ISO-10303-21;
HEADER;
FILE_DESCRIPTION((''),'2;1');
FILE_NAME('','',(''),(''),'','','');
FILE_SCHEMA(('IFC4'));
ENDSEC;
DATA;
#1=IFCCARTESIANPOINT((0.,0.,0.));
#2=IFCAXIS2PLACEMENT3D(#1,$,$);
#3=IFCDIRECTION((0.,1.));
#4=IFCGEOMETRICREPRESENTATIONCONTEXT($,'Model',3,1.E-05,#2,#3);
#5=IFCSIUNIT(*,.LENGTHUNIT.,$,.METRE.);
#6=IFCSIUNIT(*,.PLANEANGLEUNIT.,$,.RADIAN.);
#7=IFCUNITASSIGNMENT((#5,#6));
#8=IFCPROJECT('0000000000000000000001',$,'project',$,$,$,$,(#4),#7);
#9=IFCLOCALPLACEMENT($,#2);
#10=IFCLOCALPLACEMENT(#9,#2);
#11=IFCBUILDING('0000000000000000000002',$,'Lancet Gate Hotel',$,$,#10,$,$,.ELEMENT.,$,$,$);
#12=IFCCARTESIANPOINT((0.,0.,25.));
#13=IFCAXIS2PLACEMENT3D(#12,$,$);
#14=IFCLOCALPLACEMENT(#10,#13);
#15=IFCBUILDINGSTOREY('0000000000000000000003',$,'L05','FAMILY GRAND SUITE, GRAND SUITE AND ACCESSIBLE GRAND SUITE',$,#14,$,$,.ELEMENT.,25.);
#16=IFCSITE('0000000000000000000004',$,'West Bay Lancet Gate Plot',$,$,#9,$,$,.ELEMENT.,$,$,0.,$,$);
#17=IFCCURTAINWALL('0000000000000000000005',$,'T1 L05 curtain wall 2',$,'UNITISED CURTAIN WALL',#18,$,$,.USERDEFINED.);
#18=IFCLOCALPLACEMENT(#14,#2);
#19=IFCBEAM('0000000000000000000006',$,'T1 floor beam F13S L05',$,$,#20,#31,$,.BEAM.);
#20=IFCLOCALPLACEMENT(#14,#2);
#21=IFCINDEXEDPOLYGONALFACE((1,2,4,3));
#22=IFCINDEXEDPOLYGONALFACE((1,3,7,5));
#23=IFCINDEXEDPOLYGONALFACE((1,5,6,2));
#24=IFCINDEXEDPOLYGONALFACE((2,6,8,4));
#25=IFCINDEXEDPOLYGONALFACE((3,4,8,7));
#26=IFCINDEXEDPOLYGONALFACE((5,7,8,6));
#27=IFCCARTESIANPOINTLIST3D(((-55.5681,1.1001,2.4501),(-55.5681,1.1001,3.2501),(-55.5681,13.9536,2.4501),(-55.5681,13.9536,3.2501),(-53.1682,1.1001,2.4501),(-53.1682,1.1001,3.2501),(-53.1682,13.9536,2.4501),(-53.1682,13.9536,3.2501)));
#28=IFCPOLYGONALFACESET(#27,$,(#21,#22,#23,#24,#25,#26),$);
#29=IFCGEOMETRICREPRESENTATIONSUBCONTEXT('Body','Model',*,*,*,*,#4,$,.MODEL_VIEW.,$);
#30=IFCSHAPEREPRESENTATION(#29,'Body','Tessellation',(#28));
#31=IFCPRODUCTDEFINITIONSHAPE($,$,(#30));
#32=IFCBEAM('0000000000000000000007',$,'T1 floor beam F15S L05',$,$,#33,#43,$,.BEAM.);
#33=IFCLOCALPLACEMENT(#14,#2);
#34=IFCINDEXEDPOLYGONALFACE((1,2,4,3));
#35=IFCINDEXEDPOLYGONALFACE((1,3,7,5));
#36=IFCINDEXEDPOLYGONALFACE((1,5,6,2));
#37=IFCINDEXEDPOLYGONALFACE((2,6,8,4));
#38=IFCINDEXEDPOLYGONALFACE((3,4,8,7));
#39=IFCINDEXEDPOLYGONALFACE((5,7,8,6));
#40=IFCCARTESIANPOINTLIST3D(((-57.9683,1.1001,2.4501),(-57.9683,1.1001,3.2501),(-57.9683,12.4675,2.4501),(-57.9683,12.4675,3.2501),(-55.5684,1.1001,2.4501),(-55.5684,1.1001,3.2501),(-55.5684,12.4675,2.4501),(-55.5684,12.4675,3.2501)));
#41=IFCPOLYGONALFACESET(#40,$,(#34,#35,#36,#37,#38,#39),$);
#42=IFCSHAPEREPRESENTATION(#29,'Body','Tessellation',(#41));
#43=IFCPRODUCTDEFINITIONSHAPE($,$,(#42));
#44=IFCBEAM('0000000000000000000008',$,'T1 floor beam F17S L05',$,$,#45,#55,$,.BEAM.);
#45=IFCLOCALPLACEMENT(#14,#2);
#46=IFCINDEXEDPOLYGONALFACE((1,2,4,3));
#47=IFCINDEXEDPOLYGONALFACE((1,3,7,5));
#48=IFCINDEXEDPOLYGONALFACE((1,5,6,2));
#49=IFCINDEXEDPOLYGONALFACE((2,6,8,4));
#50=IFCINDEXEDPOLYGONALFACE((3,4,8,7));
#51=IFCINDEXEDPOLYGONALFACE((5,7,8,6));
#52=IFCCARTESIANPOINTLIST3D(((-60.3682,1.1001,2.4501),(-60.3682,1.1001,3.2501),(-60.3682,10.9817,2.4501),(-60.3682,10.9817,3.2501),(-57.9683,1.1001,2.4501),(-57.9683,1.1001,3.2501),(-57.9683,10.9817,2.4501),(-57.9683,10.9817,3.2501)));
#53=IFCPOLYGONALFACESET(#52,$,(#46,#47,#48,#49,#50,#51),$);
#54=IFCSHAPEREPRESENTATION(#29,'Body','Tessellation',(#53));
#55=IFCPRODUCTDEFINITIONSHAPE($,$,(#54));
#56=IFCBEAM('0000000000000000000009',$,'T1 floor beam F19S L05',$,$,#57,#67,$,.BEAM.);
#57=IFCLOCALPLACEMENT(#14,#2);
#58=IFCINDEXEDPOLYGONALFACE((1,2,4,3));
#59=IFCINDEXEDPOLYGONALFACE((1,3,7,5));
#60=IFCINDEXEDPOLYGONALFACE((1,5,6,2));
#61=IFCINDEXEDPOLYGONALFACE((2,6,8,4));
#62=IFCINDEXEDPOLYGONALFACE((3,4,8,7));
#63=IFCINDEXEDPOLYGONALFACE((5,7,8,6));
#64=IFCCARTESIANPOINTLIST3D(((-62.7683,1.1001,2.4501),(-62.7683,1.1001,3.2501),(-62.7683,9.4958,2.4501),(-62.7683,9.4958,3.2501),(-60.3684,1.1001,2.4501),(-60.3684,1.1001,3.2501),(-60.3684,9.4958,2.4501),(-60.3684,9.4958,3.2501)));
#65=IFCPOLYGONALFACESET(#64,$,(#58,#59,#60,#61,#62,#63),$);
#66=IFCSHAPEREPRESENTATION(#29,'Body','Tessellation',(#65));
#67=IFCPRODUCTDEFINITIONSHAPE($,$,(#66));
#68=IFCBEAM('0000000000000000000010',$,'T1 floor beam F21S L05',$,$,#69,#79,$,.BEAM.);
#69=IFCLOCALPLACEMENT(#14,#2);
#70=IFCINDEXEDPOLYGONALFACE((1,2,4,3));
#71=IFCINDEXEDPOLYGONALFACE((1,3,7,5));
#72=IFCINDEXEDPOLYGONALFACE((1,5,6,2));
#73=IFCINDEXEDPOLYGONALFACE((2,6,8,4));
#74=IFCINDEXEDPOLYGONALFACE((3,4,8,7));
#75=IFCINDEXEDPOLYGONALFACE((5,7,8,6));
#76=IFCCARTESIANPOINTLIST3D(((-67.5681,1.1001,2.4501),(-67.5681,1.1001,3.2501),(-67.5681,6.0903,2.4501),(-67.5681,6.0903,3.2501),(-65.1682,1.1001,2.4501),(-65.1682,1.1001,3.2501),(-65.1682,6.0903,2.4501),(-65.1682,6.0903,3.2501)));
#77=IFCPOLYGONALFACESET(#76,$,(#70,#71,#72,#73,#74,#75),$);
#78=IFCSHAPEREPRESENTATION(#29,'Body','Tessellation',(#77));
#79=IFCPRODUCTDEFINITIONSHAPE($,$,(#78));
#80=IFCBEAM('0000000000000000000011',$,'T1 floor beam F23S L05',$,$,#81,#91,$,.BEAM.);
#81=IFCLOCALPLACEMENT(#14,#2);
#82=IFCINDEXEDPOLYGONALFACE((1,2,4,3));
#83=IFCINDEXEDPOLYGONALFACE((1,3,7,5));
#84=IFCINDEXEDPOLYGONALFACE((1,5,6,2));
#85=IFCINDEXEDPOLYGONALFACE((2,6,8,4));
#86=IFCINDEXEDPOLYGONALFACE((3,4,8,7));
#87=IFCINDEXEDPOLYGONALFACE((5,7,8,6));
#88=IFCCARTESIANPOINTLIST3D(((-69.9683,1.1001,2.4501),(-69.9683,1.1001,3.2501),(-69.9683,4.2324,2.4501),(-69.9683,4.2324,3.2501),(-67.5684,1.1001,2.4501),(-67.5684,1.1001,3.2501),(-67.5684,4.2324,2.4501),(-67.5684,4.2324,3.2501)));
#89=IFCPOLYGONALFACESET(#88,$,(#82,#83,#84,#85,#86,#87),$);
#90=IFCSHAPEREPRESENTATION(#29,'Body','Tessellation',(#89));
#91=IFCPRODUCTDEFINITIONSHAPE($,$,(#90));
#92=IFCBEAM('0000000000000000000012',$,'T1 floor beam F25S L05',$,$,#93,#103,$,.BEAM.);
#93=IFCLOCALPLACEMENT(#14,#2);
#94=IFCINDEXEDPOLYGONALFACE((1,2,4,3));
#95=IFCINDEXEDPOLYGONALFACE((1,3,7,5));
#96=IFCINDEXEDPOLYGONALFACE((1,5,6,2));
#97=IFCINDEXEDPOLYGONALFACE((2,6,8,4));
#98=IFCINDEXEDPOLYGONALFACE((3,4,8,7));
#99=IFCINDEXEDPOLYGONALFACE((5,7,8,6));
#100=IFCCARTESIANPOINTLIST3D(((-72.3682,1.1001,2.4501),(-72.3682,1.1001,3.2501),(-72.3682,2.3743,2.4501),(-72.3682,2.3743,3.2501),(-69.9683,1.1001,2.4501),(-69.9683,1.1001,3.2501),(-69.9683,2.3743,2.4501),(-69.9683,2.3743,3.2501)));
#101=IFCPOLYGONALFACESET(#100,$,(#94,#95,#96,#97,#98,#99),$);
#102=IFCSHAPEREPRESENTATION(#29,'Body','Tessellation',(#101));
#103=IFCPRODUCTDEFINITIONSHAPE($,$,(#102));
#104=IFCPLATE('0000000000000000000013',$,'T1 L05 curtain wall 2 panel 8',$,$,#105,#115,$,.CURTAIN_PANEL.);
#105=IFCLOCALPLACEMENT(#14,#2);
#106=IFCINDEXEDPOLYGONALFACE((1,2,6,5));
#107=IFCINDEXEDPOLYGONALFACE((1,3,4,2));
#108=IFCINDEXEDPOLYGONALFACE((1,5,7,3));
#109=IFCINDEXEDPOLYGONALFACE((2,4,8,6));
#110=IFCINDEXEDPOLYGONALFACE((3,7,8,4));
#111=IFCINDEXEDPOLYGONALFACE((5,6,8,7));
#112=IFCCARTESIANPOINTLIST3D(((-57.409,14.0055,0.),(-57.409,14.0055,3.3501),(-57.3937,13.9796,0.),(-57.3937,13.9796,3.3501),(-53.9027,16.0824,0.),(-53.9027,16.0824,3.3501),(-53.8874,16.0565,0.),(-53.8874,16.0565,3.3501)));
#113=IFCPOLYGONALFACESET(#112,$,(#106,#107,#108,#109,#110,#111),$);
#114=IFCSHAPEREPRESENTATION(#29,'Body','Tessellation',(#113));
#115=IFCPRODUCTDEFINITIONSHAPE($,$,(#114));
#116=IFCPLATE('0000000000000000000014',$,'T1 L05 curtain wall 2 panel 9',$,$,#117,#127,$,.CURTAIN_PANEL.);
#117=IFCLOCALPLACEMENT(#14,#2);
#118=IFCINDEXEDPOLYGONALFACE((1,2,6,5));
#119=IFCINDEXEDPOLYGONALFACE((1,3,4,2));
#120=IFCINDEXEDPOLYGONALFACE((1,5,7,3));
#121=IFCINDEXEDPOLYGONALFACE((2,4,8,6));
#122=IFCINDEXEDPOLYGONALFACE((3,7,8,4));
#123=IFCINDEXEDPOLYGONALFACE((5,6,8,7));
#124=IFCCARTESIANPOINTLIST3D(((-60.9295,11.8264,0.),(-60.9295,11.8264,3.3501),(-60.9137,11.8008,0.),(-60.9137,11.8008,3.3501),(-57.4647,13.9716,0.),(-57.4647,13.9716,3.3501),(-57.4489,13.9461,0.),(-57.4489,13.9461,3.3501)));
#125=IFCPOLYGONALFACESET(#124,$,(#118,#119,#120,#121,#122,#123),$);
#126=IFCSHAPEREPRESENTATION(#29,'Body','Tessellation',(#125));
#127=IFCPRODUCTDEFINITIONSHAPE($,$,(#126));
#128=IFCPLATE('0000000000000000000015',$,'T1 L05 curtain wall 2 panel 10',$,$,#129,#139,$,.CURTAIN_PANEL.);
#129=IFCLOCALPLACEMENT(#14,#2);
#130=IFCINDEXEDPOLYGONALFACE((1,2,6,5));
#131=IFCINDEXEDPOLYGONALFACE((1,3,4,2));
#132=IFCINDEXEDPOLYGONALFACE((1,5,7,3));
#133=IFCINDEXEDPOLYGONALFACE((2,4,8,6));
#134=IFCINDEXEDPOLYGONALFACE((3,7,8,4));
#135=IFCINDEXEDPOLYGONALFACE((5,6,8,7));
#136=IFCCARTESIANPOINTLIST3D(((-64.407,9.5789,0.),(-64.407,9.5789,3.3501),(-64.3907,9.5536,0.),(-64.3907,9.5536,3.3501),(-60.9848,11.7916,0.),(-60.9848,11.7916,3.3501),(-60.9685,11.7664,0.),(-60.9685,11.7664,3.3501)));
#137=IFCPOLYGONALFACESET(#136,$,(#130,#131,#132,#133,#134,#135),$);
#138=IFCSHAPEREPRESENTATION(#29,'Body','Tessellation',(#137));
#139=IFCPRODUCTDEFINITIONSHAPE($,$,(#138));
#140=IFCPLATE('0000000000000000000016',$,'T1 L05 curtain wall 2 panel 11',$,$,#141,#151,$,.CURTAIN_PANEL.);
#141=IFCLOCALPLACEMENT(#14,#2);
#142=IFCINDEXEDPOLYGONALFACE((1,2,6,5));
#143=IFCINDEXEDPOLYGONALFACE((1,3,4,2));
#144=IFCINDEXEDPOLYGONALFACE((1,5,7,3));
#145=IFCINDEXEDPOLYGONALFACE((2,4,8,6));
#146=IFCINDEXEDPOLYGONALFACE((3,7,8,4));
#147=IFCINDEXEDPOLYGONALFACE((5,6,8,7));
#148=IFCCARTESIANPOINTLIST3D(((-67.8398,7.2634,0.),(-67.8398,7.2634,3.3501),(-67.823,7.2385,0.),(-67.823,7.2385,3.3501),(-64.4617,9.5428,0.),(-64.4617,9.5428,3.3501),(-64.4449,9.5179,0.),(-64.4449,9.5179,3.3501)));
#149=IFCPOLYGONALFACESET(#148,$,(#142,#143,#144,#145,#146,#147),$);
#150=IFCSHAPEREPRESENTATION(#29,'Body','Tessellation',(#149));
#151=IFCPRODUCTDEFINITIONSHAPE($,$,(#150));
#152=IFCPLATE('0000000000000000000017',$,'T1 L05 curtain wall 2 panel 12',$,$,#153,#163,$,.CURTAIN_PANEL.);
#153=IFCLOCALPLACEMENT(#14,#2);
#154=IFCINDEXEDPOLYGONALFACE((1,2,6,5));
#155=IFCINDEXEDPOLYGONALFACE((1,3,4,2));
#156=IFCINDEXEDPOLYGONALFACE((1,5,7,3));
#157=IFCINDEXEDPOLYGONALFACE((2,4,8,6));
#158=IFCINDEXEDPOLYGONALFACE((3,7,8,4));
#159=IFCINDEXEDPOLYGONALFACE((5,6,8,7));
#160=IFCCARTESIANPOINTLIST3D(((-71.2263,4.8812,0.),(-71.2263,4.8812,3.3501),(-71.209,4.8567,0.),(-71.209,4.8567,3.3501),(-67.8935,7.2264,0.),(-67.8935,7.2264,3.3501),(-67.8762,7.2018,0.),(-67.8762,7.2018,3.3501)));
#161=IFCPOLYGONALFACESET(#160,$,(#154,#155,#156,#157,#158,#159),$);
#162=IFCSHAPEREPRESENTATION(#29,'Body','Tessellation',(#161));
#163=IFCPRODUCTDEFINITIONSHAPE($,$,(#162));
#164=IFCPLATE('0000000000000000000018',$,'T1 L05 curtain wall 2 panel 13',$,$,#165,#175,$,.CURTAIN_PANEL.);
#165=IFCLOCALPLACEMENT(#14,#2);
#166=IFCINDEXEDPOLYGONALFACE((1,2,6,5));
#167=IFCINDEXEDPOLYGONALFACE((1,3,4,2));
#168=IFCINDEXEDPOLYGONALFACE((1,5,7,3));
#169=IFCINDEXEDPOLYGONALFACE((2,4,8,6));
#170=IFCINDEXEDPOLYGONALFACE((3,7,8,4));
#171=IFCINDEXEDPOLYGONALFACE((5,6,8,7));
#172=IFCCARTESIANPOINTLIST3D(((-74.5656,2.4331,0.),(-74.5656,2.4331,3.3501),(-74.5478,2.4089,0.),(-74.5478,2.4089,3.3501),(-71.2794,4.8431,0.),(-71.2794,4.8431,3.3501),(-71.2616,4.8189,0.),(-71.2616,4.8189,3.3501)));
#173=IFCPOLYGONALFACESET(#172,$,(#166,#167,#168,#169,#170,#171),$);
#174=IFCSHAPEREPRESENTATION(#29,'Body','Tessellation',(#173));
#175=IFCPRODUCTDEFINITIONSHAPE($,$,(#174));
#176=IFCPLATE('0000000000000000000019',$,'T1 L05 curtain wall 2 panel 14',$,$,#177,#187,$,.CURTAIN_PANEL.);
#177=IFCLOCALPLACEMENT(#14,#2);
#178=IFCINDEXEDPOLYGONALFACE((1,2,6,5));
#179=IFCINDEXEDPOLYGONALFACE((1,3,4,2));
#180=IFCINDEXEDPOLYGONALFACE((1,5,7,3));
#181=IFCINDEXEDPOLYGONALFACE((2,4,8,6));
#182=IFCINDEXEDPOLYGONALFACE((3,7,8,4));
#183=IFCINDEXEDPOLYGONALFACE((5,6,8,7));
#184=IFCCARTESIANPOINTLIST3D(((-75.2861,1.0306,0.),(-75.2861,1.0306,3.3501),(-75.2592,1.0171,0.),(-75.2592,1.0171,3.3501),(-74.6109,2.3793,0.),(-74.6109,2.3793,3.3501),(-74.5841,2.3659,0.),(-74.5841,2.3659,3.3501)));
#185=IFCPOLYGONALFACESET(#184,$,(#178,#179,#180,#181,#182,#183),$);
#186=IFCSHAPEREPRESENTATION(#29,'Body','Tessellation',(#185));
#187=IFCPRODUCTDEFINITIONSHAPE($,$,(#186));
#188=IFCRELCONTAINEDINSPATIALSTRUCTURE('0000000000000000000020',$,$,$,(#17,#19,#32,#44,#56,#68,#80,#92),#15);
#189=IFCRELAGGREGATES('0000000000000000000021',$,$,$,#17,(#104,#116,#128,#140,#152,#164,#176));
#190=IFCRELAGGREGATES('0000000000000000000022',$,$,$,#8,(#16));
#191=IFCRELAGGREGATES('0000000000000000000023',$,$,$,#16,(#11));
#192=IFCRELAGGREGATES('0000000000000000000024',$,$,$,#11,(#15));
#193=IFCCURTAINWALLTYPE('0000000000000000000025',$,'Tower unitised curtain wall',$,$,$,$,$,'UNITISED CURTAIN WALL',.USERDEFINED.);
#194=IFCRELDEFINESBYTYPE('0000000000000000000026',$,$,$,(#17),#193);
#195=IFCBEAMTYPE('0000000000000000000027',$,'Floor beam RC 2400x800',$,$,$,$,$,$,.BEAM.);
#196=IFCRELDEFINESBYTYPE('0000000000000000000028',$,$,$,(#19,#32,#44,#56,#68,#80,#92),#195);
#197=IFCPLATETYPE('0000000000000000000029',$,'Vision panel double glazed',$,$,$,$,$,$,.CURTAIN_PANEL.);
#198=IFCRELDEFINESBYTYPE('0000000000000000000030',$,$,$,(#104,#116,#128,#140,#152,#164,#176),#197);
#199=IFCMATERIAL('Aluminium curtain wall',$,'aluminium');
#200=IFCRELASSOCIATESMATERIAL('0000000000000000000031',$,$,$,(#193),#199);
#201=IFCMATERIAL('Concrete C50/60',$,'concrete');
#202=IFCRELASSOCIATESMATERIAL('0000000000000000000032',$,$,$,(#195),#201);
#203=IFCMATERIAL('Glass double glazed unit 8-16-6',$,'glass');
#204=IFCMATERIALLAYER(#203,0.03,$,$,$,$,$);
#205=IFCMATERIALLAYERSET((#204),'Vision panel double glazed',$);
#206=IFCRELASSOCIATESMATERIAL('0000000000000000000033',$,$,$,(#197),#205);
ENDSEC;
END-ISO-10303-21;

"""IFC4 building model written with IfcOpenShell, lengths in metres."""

from ifc_helpers import new_model, si_unit, direction, frame, origin, origin_2d, place, context, subcontext, project, spatial, rectangle, extrude, material, layer, layer_set, material_profile, profile_set, type_object, element, aggregate, save


model = new_model("IFC4")

# Units and contexts
model_context = context("Model", 3, precision=1e-05, world=origin(), true_north=direction((0.0, 1.0)))
body_context = subcontext(model_context, "Body", "Model", "MODEL_VIEW")
ifc_project = project(units=[si_unit("LENGTHUNIT", "METRE"), si_unit("PLANEANGLEUNIT", "RADIAN")], contexts=[model_context])

# Site, building, storey
site_placement = place(None, origin())
site = spatial("IfcSite", under=ifc_project, at=site_placement, Name="West Bay Lancet Gate Plot", CompositionType="ELEMENT", RefElevation=0.0)
building_placement = place(site_placement, origin())
building = spatial("IfcBuilding", under=site, at=building_placement, Name="Lancet Gate Hotel", CompositionType="ELEMENT")
storey_placement = place(building_placement, frame((0.0, 0.0, 25.0)))
storey = spatial("IfcBuildingStorey", under=building, at=storey_placement, Name="L05", Description="FAMILY GRAND SUITE, GRAND SUITE AND ACCESSIBLE GRAND SUITE", CompositionType="ELEMENT", Elevation=25.0)

# Curtain wall
ifc_material_1 = material(Name="Aluminium curtain wall", Category="aluminium")
curtain_wall_type = type_object("IfcCurtainWallType", Name="Tower unitised curtain wall", ElementType="UNITISED CURTAIN WALL", PredefinedType="USERDEFINED", material=ifc_material_1)
curtain_wall_placement = place(storey_placement, origin())
curtain_wall = element("IfcCurtainWall", 1, at=curtain_wall_placement, inside=storey, type_object=curtain_wall_type, Name="T1 L05 curtain wall 2", ObjectType="UNITISED CURTAIN WALL", PredefinedType="USERDEFINED")

# Beams
ifc_material_2 = material(Name="Concrete C50/60", Category="concrete")
ifc_material_profile_1 = material_profile(ifc_material_2, rectangle(XDim=2.3999, YDim=0.8, at=origin_2d()), Name="RC 2400x800")
ifc_profile_set_1 = profile_set([ifc_material_profile_1], Name="Concrete C50/60")
beam_type_1 = type_object("IfcBeamType", Name="Floor beam RC 2400x800", PredefinedType="BEAM", material=ifc_profile_set_1)
beam_1_placement = place(storey_placement, frame((-54.3682, 13.9536, 2.8501), z_axis=(0.0, -1.0, 0.0), x_axis=(1.0, 0.0, 0.0)))
element("IfcBeam", 2, at=beam_1_placement, inside=storey, type_object=beam_type_1, Name="T1 floor beam F13S L05", PredefinedType="BEAM", context=body_context, shape_type="SweptSolid", body=[
    extrude(rectangle(XDim=2.3999, YDim=0.8, at=origin_2d()), origin(), (0.0, 0.0, 1.0), 12.8535),
])
beam_2_placement = place(storey_placement, frame((-56.7683, 12.4675, 2.8501), z_axis=(0.0, -1.0, 0.0), x_axis=(1.0, 0.0, 0.0)))
element("IfcBeam", 3, at=beam_2_placement, inside=storey, type_object=beam_type_1, Name="T1 floor beam F15S L05", PredefinedType="BEAM", context=body_context, shape_type="SweptSolid", body=[
    extrude(rectangle(XDim=2.3999, YDim=0.8, at=origin_2d()), origin(), (0.0, 0.0, 1.0), 11.3674),
])
beam_3_placement = place(storey_placement, frame((-59.1682, 10.9817, 2.8501), z_axis=(0.0, -1.0, 0.0), x_axis=(1.0, 0.0, 0.0)))
element("IfcBeam", 4, at=beam_3_placement, inside=storey, type_object=beam_type_1, Name="T1 floor beam F17S L05", PredefinedType="BEAM", context=body_context, shape_type="SweptSolid", body=[
    extrude(rectangle(XDim=2.3999, YDim=0.8, at=origin_2d()), origin(), (0.0, 0.0, 1.0), 9.8816),
])
beam_4_placement = place(storey_placement, frame((-61.5684, 9.4958, 2.8501), z_axis=(0.0, -1.0, 0.0), x_axis=(1.0, 0.0, 0.0)))
element("IfcBeam", 5, at=beam_4_placement, inside=storey, type_object=beam_type_1, Name="T1 floor beam F19S L05", PredefinedType="BEAM", context=body_context, shape_type="SweptSolid", body=[
    extrude(rectangle(XDim=2.3999, YDim=0.8, at=origin_2d()), origin(), (0.0, 0.0, 1.0), 8.3958),
])
beam_5_placement = place(storey_placement, frame((-66.3682, 6.0903, 2.8501), z_axis=(0.0, -1.0, 0.0), x_axis=(1.0, 0.0, 0.0)))
element("IfcBeam", 6, at=beam_5_placement, inside=storey, type_object=beam_type_1, Name="T1 floor beam F21S L05", PredefinedType="BEAM", context=body_context, shape_type="SweptSolid", body=[
    extrude(rectangle(XDim=2.3999, YDim=0.8, at=origin_2d()), origin(), (0.0, 0.0, 1.0), 4.9902),
])
beam_6_placement = place(storey_placement, frame((-68.7683, 4.2324, 2.8501), z_axis=(0.0, -1.0, 0.0), x_axis=(1.0, 0.0, 0.0)))
element("IfcBeam", 7, at=beam_6_placement, inside=storey, type_object=beam_type_1, Name="T1 floor beam F23S L05", PredefinedType="BEAM", context=body_context, shape_type="SweptSolid", body=[
    extrude(rectangle(XDim=2.3999, YDim=0.8, at=origin_2d()), origin(), (0.0, 0.0, 1.0), 3.1323),
])
beam_7_placement = place(storey_placement, frame((-71.1682, 2.3743, 2.8501), z_axis=(0.0, -1.0, 0.0), x_axis=(1.0, 0.0, 0.0)))
element("IfcBeam", 8, at=beam_7_placement, inside=storey, type_object=beam_type_1, Name="T1 floor beam F25S L05", PredefinedType="BEAM", context=body_context, shape_type="SweptSolid", body=[
    extrude(rectangle(XDim=2.3999, YDim=0.8, at=origin_2d()), origin(), (0.0, 0.0, 1.0), 1.2742),
])

# Plates
ifc_material_3 = material(Name="Glass double glazed unit 8-16-6", Category="glass")
ifc_layer = layer(ifc_material_3, 0.03)
ifc_layer_set = layer_set([ifc_layer], Name="Vision panel double glazed")
plate_type = type_object("IfcPlateType", Name="Vision panel double glazed", PredefinedType="CURTAIN_PANEL", material=ifc_layer_set)
plate_1_placement = place(storey_placement, frame((-55.6482, 15.031, 0.0), z_axis=(0.0, 0.0, 1.0), x_axis=(-0.860382, -0.50965, 0.0)))
plate_1 = element("IfcPlate", 9, at=plate_1_placement, type_object=plate_type, Name="T1 L05 curtain wall 2 panel 8", PredefinedType="CURTAIN_PANEL", context=body_context, shape_type="SweptSolid", body=[
    extrude(rectangle(XDim=4.0752, YDim=0.03, at=origin_2d()), origin(), (0.0, 0.0, 1.0), 3.3501),
])
plate_2_placement = place(storey_placement, frame((-59.1892, 12.8862, 0.0), z_axis=(0.0, 0.0, 1.0), x_axis=(-0.850229, -0.526414, 0.0)))
plate_2 = element("IfcPlate", 10, at=plate_2_placement, type_object=plate_type, Name="T1 L05 curtain wall 2 panel 9", PredefinedType="CURTAIN_PANEL", context=body_context, shape_type="SweptSolid", body=[
    extrude(rectangle(XDim=4.0752, YDim=0.03, at=origin_2d()), origin(), (0.0, 0.0, 1.0), 3.3501),
])
plate_3_placement = place(storey_placement, frame((-62.6877, 10.6726, 0.0), z_axis=(0.0, 0.0, 1.0), x_axis=(-0.839749, -0.542975, 0.0)))
plate_3 = element("IfcPlate", 11, at=plate_3_placement, type_object=plate_type, Name="T1 L05 curtain wall 2 panel 10", PredefinedType="CURTAIN_PANEL", context=body_context, shape_type="SweptSolid", body=[
    extrude(rectangle(XDim=4.0752, YDim=0.03, at=origin_2d()), origin(), (0.0, 0.0, 1.0), 3.3501),
])
plate_4_placement = place(storey_placement, frame((-66.1423, 8.3906, 0.0), z_axis=(0.0, 0.0, 1.0), x_axis=(-0.828946, -0.559329, 0.0)))
plate_4 = element("IfcPlate", 12, at=plate_4_placement, type_object=plate_type, Name="T1 L05 curtain wall 2 panel 11", PredefinedType="CURTAIN_PANEL", context=body_context, shape_type="SweptSolid", body=[
    extrude(rectangle(XDim=4.0752, YDim=0.03, at=origin_2d()), origin(), (0.0, 0.0, 1.0), 3.3501),
])
plate_5_placement = place(storey_placement, frame((-69.5513, 6.0415, 0.0), z_axis=(0.0, 0.0, 1.0), x_axis=(-0.817825, -0.575467, 0.0)))
plate_5 = element("IfcPlate", 13, at=plate_5_placement, type_object=plate_type, Name="T1 L05 curtain wall 2 panel 12", PredefinedType="CURTAIN_PANEL", context=body_context, shape_type="SweptSolid", body=[
    extrude(rectangle(XDim=4.0752, YDim=0.03, at=origin_2d()), origin(), (0.0, 0.0, 1.0), 3.3501),
])
plate_6_placement = place(storey_placement, frame((-72.9136, 3.626, 0.0), z_axis=(0.0, 0.0, 1.0), x_axis=(-0.80639, -0.591384, 0.0)))
plate_6 = element("IfcPlate", 14, at=plate_6_placement, type_object=plate_type, Name="T1 L05 curtain wall 2 panel 13", PredefinedType="CURTAIN_PANEL", context=body_context, shape_type="SweptSolid", body=[
    extrude(rectangle(XDim=4.0752, YDim=0.03, at=origin_2d()), origin(), (0.0, 0.0, 1.0), 3.3501),
])
plate_7_placement = place(storey_placement, frame((-74.9351, 1.6982, 0.0), z_axis=(0.0, 0.0, 1.0), x_axis=(-0.447628, -0.89422, 0.0)))
plate_7 = element("IfcPlate", 15, at=plate_7_placement, type_object=plate_type, Name="T1 L05 curtain wall 2 panel 14", PredefinedType="CURTAIN_PANEL", context=body_context, shape_type="SweptSolid", body=[
    extrude(rectangle(XDim=1.5083, YDim=0.03, at=origin_2d()), origin(), (0.0, 0.0, 1.0), 3.3501),
])
aggregate(curtain_wall, [plate_1, plate_2, plate_3, plate_4, plate_5, plate_6, plate_7])

save(model, "model.ifc")
